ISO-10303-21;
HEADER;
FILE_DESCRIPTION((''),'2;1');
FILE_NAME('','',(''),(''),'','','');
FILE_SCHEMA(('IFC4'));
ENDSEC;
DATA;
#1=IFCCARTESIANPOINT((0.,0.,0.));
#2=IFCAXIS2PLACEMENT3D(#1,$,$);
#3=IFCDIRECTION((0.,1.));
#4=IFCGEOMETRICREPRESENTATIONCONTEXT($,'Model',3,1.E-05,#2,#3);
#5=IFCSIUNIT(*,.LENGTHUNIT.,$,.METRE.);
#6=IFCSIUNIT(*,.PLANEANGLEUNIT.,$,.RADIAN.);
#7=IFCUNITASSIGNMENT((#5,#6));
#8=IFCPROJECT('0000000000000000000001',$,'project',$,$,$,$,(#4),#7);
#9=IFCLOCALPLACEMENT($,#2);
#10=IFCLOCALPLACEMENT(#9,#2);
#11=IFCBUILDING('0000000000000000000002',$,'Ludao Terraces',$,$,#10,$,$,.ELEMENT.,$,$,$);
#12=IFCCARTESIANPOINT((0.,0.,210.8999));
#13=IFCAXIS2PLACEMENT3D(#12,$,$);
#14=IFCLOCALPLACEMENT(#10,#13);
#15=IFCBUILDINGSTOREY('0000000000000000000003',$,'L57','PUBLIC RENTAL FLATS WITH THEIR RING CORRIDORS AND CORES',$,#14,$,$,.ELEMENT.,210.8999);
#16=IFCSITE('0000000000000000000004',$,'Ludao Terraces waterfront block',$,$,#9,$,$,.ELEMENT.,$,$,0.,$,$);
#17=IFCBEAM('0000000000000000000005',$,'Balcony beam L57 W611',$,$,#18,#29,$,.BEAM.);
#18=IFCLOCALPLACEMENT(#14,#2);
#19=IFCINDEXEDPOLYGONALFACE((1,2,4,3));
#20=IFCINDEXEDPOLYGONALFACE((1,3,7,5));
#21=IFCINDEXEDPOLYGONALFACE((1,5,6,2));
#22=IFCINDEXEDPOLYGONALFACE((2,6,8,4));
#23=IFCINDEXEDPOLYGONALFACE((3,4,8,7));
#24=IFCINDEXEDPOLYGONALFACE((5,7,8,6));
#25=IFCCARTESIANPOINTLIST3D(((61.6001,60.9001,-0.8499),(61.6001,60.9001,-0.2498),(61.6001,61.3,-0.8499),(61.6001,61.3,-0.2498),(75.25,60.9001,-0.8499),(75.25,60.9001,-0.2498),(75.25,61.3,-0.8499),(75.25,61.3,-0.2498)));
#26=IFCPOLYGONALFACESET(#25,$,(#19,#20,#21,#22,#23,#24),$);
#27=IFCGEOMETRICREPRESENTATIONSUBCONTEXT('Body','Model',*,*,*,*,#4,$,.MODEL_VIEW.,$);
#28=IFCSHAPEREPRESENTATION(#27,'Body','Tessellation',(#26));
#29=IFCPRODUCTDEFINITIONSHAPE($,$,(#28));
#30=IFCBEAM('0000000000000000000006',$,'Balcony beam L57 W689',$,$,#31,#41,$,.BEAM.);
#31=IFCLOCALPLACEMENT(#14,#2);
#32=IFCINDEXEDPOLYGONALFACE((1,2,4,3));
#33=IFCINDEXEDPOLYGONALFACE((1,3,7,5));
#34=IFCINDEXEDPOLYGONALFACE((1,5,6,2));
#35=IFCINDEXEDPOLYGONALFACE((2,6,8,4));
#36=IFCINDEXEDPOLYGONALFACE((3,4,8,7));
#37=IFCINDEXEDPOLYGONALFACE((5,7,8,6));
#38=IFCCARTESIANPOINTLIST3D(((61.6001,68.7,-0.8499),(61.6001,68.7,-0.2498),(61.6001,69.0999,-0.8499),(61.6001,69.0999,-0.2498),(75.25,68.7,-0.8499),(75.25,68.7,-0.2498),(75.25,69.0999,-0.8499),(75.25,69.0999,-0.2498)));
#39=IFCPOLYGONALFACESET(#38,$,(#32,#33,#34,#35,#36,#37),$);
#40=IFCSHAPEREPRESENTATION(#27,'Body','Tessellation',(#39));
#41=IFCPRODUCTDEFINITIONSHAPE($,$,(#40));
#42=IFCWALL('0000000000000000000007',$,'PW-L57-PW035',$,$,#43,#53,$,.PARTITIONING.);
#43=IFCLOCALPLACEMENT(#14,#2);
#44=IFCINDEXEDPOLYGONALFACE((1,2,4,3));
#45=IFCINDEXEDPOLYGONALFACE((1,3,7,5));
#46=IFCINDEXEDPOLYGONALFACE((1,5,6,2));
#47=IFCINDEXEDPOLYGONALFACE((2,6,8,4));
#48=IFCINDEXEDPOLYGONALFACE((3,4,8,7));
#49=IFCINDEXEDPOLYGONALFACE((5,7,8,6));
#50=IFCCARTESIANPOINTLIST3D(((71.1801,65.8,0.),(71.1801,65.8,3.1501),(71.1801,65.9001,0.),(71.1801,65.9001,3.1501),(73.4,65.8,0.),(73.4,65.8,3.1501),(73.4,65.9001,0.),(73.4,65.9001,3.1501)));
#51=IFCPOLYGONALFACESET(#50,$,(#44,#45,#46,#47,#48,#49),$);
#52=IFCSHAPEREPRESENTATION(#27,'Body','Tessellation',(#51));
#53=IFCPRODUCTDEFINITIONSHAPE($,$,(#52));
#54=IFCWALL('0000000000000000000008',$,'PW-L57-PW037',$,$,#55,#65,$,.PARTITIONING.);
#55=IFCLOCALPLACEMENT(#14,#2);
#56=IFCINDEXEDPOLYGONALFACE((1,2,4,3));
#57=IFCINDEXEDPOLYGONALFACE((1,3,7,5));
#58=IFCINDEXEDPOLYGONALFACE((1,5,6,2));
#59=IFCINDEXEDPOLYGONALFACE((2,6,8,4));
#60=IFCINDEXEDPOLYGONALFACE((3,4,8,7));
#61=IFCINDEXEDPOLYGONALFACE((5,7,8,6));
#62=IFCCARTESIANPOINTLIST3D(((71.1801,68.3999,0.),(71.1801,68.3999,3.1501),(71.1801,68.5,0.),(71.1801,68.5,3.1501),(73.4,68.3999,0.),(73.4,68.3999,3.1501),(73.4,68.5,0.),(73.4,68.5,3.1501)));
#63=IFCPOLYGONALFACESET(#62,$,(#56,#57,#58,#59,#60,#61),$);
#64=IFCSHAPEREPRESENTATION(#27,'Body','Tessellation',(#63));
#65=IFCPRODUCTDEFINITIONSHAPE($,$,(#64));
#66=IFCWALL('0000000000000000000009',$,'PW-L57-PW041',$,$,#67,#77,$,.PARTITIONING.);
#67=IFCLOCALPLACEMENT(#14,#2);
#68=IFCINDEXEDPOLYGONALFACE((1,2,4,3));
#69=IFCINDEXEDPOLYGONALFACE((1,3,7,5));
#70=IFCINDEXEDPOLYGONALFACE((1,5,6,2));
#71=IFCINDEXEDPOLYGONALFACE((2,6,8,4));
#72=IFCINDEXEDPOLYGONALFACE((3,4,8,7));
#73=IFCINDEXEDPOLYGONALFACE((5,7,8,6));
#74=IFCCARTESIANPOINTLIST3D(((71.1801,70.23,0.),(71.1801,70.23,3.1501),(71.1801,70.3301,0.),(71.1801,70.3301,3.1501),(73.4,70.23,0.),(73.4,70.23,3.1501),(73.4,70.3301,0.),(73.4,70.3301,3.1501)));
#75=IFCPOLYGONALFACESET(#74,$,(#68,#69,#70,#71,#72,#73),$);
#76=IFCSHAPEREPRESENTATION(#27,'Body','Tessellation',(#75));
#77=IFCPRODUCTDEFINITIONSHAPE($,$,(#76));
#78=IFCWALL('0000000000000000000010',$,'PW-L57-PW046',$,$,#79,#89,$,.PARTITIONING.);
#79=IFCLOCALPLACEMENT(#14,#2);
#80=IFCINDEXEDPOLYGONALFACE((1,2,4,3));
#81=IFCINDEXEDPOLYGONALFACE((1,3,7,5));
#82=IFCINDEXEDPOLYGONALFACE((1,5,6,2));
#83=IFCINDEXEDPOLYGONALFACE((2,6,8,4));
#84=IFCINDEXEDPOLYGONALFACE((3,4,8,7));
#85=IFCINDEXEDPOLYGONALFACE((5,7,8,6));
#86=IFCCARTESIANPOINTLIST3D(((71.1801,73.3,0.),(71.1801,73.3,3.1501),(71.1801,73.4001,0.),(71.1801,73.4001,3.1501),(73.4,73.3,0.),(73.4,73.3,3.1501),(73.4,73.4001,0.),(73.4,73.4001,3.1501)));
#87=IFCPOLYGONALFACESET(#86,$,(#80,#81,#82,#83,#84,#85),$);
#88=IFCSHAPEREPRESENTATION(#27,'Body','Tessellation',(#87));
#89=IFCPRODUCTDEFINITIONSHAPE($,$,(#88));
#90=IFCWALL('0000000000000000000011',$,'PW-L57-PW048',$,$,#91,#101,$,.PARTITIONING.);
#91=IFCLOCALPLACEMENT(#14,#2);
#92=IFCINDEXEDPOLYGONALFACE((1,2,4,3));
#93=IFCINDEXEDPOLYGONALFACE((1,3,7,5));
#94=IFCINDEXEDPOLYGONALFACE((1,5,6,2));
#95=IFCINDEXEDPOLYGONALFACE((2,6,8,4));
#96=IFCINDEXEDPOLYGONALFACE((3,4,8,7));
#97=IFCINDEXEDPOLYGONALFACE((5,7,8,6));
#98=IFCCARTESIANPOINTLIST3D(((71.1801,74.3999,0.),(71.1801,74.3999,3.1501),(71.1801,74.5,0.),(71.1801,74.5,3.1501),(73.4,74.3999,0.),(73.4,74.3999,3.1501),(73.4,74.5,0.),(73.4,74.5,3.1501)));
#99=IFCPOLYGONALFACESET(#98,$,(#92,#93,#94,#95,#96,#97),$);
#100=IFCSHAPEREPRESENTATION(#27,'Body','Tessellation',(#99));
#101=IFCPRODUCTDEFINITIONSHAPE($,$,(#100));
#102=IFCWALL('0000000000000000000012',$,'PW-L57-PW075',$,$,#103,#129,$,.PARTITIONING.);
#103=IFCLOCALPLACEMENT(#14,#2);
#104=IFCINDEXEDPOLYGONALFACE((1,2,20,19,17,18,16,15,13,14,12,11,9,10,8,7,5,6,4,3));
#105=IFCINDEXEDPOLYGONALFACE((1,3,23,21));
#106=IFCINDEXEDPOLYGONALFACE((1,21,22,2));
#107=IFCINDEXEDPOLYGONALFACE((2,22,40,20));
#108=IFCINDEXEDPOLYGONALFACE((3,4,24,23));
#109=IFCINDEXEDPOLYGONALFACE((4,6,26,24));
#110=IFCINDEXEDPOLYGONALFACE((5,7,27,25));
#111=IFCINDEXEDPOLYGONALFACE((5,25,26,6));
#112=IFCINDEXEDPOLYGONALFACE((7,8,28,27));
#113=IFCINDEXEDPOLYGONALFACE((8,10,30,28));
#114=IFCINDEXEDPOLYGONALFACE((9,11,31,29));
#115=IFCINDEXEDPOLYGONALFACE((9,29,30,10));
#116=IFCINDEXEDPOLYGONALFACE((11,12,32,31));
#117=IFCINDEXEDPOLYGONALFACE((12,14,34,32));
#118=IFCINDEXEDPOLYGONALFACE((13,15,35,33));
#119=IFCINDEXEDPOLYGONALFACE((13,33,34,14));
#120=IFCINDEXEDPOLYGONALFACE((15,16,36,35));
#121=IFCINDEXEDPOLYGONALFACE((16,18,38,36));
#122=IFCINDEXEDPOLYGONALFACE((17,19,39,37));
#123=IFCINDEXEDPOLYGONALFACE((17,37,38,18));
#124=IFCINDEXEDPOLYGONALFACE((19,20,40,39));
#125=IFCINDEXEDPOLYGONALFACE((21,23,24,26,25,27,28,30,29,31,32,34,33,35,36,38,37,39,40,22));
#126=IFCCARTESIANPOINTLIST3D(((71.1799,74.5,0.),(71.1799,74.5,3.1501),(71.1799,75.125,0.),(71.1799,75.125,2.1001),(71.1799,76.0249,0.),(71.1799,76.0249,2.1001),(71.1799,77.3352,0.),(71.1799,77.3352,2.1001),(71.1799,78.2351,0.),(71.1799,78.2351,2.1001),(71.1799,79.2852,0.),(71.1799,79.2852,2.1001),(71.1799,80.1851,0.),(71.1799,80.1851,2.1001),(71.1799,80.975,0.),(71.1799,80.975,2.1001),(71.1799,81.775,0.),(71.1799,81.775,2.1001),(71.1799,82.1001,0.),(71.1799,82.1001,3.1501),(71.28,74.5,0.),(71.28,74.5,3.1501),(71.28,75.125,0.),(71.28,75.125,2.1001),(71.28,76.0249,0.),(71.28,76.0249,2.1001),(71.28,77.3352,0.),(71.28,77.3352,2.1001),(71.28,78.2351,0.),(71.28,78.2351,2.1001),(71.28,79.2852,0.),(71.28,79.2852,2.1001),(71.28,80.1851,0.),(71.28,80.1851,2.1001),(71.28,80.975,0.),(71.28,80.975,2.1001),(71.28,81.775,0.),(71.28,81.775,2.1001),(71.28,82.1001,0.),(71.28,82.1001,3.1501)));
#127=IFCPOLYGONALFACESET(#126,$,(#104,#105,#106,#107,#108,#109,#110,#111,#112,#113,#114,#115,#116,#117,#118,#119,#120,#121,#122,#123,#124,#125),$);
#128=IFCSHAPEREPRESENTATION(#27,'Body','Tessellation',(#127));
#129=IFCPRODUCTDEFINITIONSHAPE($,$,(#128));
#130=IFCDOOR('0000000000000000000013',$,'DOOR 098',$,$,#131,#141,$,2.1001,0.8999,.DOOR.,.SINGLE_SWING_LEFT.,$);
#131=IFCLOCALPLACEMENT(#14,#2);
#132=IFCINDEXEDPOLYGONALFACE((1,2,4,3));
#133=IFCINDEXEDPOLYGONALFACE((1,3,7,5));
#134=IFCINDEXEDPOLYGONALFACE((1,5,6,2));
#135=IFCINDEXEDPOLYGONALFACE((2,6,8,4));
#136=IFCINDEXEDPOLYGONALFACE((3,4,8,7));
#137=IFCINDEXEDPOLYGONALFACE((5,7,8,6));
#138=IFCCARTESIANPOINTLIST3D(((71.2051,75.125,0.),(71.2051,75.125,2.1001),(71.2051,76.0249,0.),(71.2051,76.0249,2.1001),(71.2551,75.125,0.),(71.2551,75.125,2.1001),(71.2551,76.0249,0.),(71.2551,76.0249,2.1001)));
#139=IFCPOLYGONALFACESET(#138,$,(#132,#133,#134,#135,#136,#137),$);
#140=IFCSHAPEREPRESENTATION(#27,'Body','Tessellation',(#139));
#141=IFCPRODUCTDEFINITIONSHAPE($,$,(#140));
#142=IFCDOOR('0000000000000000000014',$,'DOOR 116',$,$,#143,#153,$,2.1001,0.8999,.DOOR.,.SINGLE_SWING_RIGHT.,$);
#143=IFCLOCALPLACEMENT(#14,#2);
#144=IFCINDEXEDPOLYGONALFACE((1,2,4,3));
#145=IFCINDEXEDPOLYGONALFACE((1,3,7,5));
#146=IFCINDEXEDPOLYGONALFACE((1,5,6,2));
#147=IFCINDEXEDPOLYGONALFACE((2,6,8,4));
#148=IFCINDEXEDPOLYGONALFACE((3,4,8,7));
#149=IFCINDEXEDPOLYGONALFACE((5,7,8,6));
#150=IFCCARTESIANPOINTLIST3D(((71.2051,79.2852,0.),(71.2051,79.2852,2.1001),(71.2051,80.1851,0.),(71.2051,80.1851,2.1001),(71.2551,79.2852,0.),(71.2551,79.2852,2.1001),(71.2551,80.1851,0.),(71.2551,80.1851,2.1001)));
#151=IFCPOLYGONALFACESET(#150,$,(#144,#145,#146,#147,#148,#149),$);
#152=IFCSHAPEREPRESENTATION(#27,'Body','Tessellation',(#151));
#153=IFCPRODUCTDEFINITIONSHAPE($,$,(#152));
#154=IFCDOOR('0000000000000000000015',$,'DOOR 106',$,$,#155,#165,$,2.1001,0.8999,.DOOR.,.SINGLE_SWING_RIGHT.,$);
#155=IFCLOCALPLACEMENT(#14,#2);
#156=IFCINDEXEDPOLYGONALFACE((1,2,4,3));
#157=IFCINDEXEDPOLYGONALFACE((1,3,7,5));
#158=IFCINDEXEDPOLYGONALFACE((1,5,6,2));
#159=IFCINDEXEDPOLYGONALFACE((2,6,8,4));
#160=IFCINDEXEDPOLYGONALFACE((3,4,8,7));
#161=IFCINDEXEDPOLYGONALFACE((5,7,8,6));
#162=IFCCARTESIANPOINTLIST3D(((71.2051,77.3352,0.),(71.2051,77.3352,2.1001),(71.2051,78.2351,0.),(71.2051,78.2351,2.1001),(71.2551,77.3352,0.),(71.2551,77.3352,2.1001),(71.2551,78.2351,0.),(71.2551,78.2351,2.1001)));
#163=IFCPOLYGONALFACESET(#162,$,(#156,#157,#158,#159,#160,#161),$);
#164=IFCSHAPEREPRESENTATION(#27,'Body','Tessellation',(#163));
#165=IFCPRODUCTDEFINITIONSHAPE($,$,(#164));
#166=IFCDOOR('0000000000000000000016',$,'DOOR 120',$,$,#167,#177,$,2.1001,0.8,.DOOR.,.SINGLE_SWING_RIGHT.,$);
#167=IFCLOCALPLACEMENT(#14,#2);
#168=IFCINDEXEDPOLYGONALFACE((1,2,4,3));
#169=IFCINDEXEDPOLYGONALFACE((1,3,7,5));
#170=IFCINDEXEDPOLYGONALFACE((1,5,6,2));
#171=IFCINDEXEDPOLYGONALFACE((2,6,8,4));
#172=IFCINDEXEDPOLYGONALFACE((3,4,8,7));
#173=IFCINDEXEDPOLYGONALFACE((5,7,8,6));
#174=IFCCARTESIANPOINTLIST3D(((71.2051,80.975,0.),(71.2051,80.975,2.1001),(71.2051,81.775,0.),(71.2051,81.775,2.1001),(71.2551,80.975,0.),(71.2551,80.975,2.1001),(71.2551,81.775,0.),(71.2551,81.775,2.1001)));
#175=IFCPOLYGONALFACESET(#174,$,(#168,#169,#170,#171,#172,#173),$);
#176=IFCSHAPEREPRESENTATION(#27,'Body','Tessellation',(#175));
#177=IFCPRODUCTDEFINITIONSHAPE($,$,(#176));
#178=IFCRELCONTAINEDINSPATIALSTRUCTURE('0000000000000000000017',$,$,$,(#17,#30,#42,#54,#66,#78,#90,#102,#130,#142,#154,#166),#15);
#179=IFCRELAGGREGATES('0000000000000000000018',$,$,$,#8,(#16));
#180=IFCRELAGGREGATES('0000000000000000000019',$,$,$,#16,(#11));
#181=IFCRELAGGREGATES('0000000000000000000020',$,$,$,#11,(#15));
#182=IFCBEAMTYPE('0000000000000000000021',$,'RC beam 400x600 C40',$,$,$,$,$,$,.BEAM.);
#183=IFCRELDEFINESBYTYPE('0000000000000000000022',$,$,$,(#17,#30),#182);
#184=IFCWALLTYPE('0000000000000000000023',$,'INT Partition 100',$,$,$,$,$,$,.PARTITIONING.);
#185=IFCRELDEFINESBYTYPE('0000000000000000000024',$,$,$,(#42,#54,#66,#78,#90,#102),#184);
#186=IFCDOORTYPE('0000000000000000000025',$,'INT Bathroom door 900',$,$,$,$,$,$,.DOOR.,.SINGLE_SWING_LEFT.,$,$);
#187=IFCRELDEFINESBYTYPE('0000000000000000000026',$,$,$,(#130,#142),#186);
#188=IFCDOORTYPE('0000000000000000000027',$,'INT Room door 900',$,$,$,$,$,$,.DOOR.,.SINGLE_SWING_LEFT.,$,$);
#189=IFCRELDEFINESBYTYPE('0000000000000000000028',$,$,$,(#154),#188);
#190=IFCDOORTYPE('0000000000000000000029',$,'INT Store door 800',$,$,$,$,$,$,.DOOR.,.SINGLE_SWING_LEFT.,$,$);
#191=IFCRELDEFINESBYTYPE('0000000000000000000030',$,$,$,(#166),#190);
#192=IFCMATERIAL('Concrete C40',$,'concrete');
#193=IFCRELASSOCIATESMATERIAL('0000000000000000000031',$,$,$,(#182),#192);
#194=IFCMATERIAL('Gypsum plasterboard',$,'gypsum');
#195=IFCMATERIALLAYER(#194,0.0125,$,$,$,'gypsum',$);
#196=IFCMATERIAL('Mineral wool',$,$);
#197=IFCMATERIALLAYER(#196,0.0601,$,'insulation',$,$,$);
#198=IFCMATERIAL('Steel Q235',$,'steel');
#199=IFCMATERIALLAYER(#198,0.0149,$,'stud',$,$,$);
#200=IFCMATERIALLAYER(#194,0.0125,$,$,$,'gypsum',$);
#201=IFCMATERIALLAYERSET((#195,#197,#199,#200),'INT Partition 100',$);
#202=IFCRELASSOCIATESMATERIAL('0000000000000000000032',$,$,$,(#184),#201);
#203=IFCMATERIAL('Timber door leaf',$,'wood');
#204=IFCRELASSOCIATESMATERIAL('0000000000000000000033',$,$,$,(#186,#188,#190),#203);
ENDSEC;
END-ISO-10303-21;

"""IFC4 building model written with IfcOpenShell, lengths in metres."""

from ifc_helpers import new_model, si_unit, direction, frame, frame_2d, origin, origin_2d, place, context, subcontext, project, spatial, rectangle, extrude, material, layer, layer_set, material_profile, profile_set, type_object, element, fill, save


model = new_model("IFC4")

# Units and contexts
model_context = context("Model", 3, precision=1e-05, world=origin(), true_north=direction((0.0, 1.0)))
body_context = subcontext(model_context, "Body", "Model", "MODEL_VIEW")
ifc_project = project(units=[si_unit("LENGTHUNIT", "METRE"), si_unit("PLANEANGLEUNIT", "RADIAN")], contexts=[model_context])

# Site, building, storey
site_placement = place(None, origin())
site = spatial("IfcSite", under=ifc_project, at=site_placement, Name="Ludao Terraces waterfront block", CompositionType="ELEMENT", RefElevation=0.0)
building_placement = place(site_placement, origin())
building = spatial("IfcBuilding", under=site, at=building_placement, Name="Ludao Terraces", CompositionType="ELEMENT")
storey_placement = place(building_placement, frame((0.0, 0.0, 210.8999)))
storey = spatial("IfcBuildingStorey", under=building, at=storey_placement, Name="L57", Description="PUBLIC RENTAL FLATS WITH THEIR RING CORRIDORS AND CORES", CompositionType="ELEMENT", Elevation=210.8999)

# Beams
ifc_material_1 = material(Name="Concrete C40", Category="concrete")
ifc_material_profile = material_profile(ifc_material_1, rectangle(XDim=0.3999, YDim=0.6001, at=origin_2d()), Name="400 X 600")
ifc_profile_set = profile_set([ifc_material_profile], Name="Concrete C40")
beam_type = type_object("IfcBeamType", Name="RC beam 400x600 C40", PredefinedType="BEAM", material=ifc_profile_set)
for number, where, z_axis, x_axis, name in (
    (1, (75.25, 61.1001, -0.5498), (-1.0, 0.0, 0.0), (0.0, -1.0, 0.0), "Balcony beam L57 W611"),
    (2, (75.25, 68.8999, -0.5498), (-1.0, 0.0, 0.0), (0.0, -1.0, 0.0), "Balcony beam L57 W689"),
):
    element("IfcBeam", number, at=place(storey_placement, frame(where, z_axis=z_axis, x_axis=x_axis)), inside=storey, type_object=beam_type, Name=name, PredefinedType="BEAM", context=body_context, shape_type="SweptSolid", body=[
        extrude(rectangle(XDim=0.3999, YDim=0.6001, at=origin_2d()), origin(), (0.0, 0.0, 1.0), 13.6499),
    ])

# Walls
ifc_material_2 = material(Name="Gypsum plasterboard", Category="gypsum")
ifc_layer_1 = layer(ifc_material_2, 0.0125, Category="gypsum")
ifc_material_3 = material(Name="Mineral wool")
ifc_layer_2 = layer(ifc_material_3, 0.0601, Name="insulation")
ifc_material_4 = material(Name="Steel Q235", Category="steel")
ifc_layer_3 = layer(ifc_material_4, 0.0149, Name="stud")
ifc_layer_4 = layer(ifc_material_2, 0.0125, Category="gypsum")
ifc_layer_set_1 = layer_set([ifc_layer_1, ifc_layer_2, ifc_layer_3, ifc_layer_4], Name="INT Partition 100")
wall_type_1 = type_object("IfcWallType", Name="INT Partition 100", PredefinedType="PARTITIONING", material=ifc_layer_set_1)
for number, where, z_axis, x_axis, name in (
    (3, (71.1802, 65.8501, 0.0), (0.0, 0.0, 1.0), (1.0, 0.0, 0.0), "PW-L57-PW035"),
    (4, (71.1802, 68.45, 0.0), (0.0, 0.0, 1.0), (1.0, 0.0, 0.0), "PW-L57-PW037"),
    (5, (71.1802, 70.28, 0.0), (0.0, 0.0, 1.0), (1.0, 0.0, 0.0), "PW-L57-PW041"),
    (6, (71.1802, 73.3501, 0.0), (0.0, 0.0, 1.0), (1.0, 0.0, 0.0), "PW-L57-PW046"),
    (7, (71.1802, 74.45, 0.0), (0.0, 0.0, 1.0), (1.0, 0.0, 0.0), "PW-L57-PW048"),
):
    element("IfcWall", number, at=place(storey_placement, frame(where, z_axis=z_axis, x_axis=x_axis)), inside=storey, type_object=wall_type_1, Name=name, PredefinedType="PARTITIONING", context=body_context, shape_type="SweptSolid", body=[
        extrude(rectangle(XDim=2.22, YDim=0.1001, at=frame_2d((1.1099, 0.0))), origin(), (0.0, 0.0, 1.0), 3.1501),
    ])

# Wall, openings, doors
wall_1_placement = place(storey_placement, frame((71.23, 74.5, 0.0), z_axis=(0.0, 0.0, 1.0), x_axis=(0.0, 1.0, 0.0)))
wall_1 = element("IfcWall", 8, at=wall_1_placement, inside=storey, type_object=wall_type_1, Name="PW-L57-PW075", PredefinedType="PARTITIONING", context=body_context, shape_type="SweptSolid", body=[
    extrude(rectangle(XDim=7.6001, YDim=0.1001, at=frame_2d((3.8, 0.0))), origin(), (0.0, 0.0, 1.0), 3.1501),
])
opening_1_placement = place(wall_1_placement, frame((0.625, 0.0, 0.0)))
opening_1 = element("IfcOpeningElement", 9, at=opening_1_placement, cuts=wall_1, PredefinedType="OPENING", context=body_context, shape_type="SweptSolid", body=[
    extrude(rectangle(XDim=0.8999, YDim=2.1001, at=frame_2d((0.45, 1.05))), frame((0.0, 0.0601, 0.0), z_axis=(0.0, -1.0, 0.0), x_axis=(1.0, 0.0, 0.0)), (0.0, 0.0, 1.0), 0.1201),
])
opening_2_placement = place(wall_1_placement, frame((2.8352, 0.0, 0.0)))
opening_2 = element("IfcOpeningElement", 10, at=opening_2_placement, cuts=wall_1, PredefinedType="OPENING", context=body_context, shape_type="SweptSolid", body=[
    extrude(rectangle(XDim=0.8999, YDim=2.1001, at=frame_2d((0.45, 1.05))), frame((0.0, 0.0601, 0.0), z_axis=(0.0, -1.0, 0.0), x_axis=(1.0, 0.0, 0.0)), (0.0, 0.0, 1.0), 0.1201),
])
opening_3_placement = place(wall_1_placement, frame((4.7852, 0.0, 0.0)))
opening_3 = element("IfcOpeningElement", 11, at=opening_3_placement, cuts=wall_1, PredefinedType="OPENING", context=body_context, shape_type="SweptSolid", body=[
    extrude(rectangle(XDim=0.8999, YDim=2.1001, at=frame_2d((0.45, 1.05))), frame((0.0, 0.0601, 0.0), z_axis=(0.0, -1.0, 0.0), x_axis=(1.0, 0.0, 0.0)), (0.0, 0.0, 1.0), 0.1201),
])
opening_4_placement = place(wall_1_placement, frame((6.4751, 0.0, 0.0)))
opening_4 = element("IfcOpeningElement", 12, at=opening_4_placement, cuts=wall_1, PredefinedType="OPENING", context=body_context, shape_type="SweptSolid", body=[
    extrude(rectangle(XDim=0.8, YDim=2.1001, at=frame_2d((0.3999, 1.05))), frame((0.0, 0.0601, 0.0), z_axis=(0.0, -1.0, 0.0), x_axis=(1.0, 0.0, 0.0)), (0.0, 0.0, 1.0), 0.1201),
])
ifc_material_5 = material(Name="Timber door leaf", Category="wood")
door_type_1 = type_object("IfcDoorType", Name="INT Bathroom door 900", OperationType="SINGLE_SWING_LEFT", PredefinedType="DOOR", material=ifc_material_5)
door_1_placement = place(opening_1_placement, origin())
door_1 = element("IfcDoor", 13, at=door_1_placement, inside=storey, type_object=door_type_1, Name="DOOR 098", OperationType="SINGLE_SWING_LEFT", OverallHeight=2.1001, OverallWidth=0.8999, PredefinedType="DOOR", context=body_context, shape_type="SweptSolid", body=[
    extrude(rectangle(XDim=0.8999, YDim=2.1001, at=frame_2d((0.45, 1.05))), frame((0.0, 0.0249, 0.0), z_axis=(0.0, -1.0, 0.0), x_axis=(1.0, 0.0, 0.0)), (0.0, 0.0, 1.0), 0.05),
])
fill(opening_1, door_1)
door_2_placement = place(opening_3_placement, origin())
door_2 = element("IfcDoor", 14, at=door_2_placement, inside=storey, type_object=door_type_1, Name="DOOR 116", OperationType="SINGLE_SWING_RIGHT", OverallHeight=2.1001, OverallWidth=0.8999, PredefinedType="DOOR", context=body_context, shape_type="SweptSolid", body=[
    extrude(rectangle(XDim=0.8999, YDim=2.1001, at=frame_2d((0.45, 1.05))), frame((0.0, 0.0249, 0.0), z_axis=(0.0, -1.0, 0.0), x_axis=(1.0, 0.0, 0.0)), (0.0, 0.0, 1.0), 0.05),
])
fill(opening_3, door_2)
door_type_2 = type_object("IfcDoorType", Name="INT Room door 900", OperationType="SINGLE_SWING_LEFT", PredefinedType="DOOR", material=ifc_material_5)
door_3_placement = place(opening_2_placement, origin())
door_3 = element("IfcDoor", 15, at=door_3_placement, inside=storey, type_object=door_type_2, Name="DOOR 106", OperationType="SINGLE_SWING_RIGHT", OverallHeight=2.1001, OverallWidth=0.8999, PredefinedType="DOOR", context=body_context, shape_type="SweptSolid", body=[
    extrude(rectangle(XDim=0.8999, YDim=2.1001, at=frame_2d((0.45, 1.05))), frame((0.0, 0.0249, 0.0), z_axis=(0.0, -1.0, 0.0), x_axis=(1.0, 0.0, 0.0)), (0.0, 0.0, 1.0), 0.05),
])
fill(opening_2, door_3)
door_type_3 = type_object("IfcDoorType", Name="INT Store door 800", OperationType="SINGLE_SWING_LEFT", PredefinedType="DOOR", material=ifc_material_5)
door_4_placement = place(opening_4_placement, origin())
door_4 = element("IfcDoor", 16, at=door_4_placement, inside=storey, type_object=door_type_3, Name="DOOR 120", OperationType="SINGLE_SWING_RIGHT", OverallHeight=2.1001, OverallWidth=0.8, PredefinedType="DOOR", context=body_context, shape_type="SweptSolid", body=[
    extrude(rectangle(XDim=0.8, YDim=2.1001, at=frame_2d((0.3999, 1.05))), frame((0.0, 0.0249, 0.0), z_axis=(0.0, -1.0, 0.0), x_axis=(1.0, 0.0, 0.0)), (0.0, 0.0, 1.0), 0.05),
])
fill(opening_4, door_4)

save(model, "model.ifc")
